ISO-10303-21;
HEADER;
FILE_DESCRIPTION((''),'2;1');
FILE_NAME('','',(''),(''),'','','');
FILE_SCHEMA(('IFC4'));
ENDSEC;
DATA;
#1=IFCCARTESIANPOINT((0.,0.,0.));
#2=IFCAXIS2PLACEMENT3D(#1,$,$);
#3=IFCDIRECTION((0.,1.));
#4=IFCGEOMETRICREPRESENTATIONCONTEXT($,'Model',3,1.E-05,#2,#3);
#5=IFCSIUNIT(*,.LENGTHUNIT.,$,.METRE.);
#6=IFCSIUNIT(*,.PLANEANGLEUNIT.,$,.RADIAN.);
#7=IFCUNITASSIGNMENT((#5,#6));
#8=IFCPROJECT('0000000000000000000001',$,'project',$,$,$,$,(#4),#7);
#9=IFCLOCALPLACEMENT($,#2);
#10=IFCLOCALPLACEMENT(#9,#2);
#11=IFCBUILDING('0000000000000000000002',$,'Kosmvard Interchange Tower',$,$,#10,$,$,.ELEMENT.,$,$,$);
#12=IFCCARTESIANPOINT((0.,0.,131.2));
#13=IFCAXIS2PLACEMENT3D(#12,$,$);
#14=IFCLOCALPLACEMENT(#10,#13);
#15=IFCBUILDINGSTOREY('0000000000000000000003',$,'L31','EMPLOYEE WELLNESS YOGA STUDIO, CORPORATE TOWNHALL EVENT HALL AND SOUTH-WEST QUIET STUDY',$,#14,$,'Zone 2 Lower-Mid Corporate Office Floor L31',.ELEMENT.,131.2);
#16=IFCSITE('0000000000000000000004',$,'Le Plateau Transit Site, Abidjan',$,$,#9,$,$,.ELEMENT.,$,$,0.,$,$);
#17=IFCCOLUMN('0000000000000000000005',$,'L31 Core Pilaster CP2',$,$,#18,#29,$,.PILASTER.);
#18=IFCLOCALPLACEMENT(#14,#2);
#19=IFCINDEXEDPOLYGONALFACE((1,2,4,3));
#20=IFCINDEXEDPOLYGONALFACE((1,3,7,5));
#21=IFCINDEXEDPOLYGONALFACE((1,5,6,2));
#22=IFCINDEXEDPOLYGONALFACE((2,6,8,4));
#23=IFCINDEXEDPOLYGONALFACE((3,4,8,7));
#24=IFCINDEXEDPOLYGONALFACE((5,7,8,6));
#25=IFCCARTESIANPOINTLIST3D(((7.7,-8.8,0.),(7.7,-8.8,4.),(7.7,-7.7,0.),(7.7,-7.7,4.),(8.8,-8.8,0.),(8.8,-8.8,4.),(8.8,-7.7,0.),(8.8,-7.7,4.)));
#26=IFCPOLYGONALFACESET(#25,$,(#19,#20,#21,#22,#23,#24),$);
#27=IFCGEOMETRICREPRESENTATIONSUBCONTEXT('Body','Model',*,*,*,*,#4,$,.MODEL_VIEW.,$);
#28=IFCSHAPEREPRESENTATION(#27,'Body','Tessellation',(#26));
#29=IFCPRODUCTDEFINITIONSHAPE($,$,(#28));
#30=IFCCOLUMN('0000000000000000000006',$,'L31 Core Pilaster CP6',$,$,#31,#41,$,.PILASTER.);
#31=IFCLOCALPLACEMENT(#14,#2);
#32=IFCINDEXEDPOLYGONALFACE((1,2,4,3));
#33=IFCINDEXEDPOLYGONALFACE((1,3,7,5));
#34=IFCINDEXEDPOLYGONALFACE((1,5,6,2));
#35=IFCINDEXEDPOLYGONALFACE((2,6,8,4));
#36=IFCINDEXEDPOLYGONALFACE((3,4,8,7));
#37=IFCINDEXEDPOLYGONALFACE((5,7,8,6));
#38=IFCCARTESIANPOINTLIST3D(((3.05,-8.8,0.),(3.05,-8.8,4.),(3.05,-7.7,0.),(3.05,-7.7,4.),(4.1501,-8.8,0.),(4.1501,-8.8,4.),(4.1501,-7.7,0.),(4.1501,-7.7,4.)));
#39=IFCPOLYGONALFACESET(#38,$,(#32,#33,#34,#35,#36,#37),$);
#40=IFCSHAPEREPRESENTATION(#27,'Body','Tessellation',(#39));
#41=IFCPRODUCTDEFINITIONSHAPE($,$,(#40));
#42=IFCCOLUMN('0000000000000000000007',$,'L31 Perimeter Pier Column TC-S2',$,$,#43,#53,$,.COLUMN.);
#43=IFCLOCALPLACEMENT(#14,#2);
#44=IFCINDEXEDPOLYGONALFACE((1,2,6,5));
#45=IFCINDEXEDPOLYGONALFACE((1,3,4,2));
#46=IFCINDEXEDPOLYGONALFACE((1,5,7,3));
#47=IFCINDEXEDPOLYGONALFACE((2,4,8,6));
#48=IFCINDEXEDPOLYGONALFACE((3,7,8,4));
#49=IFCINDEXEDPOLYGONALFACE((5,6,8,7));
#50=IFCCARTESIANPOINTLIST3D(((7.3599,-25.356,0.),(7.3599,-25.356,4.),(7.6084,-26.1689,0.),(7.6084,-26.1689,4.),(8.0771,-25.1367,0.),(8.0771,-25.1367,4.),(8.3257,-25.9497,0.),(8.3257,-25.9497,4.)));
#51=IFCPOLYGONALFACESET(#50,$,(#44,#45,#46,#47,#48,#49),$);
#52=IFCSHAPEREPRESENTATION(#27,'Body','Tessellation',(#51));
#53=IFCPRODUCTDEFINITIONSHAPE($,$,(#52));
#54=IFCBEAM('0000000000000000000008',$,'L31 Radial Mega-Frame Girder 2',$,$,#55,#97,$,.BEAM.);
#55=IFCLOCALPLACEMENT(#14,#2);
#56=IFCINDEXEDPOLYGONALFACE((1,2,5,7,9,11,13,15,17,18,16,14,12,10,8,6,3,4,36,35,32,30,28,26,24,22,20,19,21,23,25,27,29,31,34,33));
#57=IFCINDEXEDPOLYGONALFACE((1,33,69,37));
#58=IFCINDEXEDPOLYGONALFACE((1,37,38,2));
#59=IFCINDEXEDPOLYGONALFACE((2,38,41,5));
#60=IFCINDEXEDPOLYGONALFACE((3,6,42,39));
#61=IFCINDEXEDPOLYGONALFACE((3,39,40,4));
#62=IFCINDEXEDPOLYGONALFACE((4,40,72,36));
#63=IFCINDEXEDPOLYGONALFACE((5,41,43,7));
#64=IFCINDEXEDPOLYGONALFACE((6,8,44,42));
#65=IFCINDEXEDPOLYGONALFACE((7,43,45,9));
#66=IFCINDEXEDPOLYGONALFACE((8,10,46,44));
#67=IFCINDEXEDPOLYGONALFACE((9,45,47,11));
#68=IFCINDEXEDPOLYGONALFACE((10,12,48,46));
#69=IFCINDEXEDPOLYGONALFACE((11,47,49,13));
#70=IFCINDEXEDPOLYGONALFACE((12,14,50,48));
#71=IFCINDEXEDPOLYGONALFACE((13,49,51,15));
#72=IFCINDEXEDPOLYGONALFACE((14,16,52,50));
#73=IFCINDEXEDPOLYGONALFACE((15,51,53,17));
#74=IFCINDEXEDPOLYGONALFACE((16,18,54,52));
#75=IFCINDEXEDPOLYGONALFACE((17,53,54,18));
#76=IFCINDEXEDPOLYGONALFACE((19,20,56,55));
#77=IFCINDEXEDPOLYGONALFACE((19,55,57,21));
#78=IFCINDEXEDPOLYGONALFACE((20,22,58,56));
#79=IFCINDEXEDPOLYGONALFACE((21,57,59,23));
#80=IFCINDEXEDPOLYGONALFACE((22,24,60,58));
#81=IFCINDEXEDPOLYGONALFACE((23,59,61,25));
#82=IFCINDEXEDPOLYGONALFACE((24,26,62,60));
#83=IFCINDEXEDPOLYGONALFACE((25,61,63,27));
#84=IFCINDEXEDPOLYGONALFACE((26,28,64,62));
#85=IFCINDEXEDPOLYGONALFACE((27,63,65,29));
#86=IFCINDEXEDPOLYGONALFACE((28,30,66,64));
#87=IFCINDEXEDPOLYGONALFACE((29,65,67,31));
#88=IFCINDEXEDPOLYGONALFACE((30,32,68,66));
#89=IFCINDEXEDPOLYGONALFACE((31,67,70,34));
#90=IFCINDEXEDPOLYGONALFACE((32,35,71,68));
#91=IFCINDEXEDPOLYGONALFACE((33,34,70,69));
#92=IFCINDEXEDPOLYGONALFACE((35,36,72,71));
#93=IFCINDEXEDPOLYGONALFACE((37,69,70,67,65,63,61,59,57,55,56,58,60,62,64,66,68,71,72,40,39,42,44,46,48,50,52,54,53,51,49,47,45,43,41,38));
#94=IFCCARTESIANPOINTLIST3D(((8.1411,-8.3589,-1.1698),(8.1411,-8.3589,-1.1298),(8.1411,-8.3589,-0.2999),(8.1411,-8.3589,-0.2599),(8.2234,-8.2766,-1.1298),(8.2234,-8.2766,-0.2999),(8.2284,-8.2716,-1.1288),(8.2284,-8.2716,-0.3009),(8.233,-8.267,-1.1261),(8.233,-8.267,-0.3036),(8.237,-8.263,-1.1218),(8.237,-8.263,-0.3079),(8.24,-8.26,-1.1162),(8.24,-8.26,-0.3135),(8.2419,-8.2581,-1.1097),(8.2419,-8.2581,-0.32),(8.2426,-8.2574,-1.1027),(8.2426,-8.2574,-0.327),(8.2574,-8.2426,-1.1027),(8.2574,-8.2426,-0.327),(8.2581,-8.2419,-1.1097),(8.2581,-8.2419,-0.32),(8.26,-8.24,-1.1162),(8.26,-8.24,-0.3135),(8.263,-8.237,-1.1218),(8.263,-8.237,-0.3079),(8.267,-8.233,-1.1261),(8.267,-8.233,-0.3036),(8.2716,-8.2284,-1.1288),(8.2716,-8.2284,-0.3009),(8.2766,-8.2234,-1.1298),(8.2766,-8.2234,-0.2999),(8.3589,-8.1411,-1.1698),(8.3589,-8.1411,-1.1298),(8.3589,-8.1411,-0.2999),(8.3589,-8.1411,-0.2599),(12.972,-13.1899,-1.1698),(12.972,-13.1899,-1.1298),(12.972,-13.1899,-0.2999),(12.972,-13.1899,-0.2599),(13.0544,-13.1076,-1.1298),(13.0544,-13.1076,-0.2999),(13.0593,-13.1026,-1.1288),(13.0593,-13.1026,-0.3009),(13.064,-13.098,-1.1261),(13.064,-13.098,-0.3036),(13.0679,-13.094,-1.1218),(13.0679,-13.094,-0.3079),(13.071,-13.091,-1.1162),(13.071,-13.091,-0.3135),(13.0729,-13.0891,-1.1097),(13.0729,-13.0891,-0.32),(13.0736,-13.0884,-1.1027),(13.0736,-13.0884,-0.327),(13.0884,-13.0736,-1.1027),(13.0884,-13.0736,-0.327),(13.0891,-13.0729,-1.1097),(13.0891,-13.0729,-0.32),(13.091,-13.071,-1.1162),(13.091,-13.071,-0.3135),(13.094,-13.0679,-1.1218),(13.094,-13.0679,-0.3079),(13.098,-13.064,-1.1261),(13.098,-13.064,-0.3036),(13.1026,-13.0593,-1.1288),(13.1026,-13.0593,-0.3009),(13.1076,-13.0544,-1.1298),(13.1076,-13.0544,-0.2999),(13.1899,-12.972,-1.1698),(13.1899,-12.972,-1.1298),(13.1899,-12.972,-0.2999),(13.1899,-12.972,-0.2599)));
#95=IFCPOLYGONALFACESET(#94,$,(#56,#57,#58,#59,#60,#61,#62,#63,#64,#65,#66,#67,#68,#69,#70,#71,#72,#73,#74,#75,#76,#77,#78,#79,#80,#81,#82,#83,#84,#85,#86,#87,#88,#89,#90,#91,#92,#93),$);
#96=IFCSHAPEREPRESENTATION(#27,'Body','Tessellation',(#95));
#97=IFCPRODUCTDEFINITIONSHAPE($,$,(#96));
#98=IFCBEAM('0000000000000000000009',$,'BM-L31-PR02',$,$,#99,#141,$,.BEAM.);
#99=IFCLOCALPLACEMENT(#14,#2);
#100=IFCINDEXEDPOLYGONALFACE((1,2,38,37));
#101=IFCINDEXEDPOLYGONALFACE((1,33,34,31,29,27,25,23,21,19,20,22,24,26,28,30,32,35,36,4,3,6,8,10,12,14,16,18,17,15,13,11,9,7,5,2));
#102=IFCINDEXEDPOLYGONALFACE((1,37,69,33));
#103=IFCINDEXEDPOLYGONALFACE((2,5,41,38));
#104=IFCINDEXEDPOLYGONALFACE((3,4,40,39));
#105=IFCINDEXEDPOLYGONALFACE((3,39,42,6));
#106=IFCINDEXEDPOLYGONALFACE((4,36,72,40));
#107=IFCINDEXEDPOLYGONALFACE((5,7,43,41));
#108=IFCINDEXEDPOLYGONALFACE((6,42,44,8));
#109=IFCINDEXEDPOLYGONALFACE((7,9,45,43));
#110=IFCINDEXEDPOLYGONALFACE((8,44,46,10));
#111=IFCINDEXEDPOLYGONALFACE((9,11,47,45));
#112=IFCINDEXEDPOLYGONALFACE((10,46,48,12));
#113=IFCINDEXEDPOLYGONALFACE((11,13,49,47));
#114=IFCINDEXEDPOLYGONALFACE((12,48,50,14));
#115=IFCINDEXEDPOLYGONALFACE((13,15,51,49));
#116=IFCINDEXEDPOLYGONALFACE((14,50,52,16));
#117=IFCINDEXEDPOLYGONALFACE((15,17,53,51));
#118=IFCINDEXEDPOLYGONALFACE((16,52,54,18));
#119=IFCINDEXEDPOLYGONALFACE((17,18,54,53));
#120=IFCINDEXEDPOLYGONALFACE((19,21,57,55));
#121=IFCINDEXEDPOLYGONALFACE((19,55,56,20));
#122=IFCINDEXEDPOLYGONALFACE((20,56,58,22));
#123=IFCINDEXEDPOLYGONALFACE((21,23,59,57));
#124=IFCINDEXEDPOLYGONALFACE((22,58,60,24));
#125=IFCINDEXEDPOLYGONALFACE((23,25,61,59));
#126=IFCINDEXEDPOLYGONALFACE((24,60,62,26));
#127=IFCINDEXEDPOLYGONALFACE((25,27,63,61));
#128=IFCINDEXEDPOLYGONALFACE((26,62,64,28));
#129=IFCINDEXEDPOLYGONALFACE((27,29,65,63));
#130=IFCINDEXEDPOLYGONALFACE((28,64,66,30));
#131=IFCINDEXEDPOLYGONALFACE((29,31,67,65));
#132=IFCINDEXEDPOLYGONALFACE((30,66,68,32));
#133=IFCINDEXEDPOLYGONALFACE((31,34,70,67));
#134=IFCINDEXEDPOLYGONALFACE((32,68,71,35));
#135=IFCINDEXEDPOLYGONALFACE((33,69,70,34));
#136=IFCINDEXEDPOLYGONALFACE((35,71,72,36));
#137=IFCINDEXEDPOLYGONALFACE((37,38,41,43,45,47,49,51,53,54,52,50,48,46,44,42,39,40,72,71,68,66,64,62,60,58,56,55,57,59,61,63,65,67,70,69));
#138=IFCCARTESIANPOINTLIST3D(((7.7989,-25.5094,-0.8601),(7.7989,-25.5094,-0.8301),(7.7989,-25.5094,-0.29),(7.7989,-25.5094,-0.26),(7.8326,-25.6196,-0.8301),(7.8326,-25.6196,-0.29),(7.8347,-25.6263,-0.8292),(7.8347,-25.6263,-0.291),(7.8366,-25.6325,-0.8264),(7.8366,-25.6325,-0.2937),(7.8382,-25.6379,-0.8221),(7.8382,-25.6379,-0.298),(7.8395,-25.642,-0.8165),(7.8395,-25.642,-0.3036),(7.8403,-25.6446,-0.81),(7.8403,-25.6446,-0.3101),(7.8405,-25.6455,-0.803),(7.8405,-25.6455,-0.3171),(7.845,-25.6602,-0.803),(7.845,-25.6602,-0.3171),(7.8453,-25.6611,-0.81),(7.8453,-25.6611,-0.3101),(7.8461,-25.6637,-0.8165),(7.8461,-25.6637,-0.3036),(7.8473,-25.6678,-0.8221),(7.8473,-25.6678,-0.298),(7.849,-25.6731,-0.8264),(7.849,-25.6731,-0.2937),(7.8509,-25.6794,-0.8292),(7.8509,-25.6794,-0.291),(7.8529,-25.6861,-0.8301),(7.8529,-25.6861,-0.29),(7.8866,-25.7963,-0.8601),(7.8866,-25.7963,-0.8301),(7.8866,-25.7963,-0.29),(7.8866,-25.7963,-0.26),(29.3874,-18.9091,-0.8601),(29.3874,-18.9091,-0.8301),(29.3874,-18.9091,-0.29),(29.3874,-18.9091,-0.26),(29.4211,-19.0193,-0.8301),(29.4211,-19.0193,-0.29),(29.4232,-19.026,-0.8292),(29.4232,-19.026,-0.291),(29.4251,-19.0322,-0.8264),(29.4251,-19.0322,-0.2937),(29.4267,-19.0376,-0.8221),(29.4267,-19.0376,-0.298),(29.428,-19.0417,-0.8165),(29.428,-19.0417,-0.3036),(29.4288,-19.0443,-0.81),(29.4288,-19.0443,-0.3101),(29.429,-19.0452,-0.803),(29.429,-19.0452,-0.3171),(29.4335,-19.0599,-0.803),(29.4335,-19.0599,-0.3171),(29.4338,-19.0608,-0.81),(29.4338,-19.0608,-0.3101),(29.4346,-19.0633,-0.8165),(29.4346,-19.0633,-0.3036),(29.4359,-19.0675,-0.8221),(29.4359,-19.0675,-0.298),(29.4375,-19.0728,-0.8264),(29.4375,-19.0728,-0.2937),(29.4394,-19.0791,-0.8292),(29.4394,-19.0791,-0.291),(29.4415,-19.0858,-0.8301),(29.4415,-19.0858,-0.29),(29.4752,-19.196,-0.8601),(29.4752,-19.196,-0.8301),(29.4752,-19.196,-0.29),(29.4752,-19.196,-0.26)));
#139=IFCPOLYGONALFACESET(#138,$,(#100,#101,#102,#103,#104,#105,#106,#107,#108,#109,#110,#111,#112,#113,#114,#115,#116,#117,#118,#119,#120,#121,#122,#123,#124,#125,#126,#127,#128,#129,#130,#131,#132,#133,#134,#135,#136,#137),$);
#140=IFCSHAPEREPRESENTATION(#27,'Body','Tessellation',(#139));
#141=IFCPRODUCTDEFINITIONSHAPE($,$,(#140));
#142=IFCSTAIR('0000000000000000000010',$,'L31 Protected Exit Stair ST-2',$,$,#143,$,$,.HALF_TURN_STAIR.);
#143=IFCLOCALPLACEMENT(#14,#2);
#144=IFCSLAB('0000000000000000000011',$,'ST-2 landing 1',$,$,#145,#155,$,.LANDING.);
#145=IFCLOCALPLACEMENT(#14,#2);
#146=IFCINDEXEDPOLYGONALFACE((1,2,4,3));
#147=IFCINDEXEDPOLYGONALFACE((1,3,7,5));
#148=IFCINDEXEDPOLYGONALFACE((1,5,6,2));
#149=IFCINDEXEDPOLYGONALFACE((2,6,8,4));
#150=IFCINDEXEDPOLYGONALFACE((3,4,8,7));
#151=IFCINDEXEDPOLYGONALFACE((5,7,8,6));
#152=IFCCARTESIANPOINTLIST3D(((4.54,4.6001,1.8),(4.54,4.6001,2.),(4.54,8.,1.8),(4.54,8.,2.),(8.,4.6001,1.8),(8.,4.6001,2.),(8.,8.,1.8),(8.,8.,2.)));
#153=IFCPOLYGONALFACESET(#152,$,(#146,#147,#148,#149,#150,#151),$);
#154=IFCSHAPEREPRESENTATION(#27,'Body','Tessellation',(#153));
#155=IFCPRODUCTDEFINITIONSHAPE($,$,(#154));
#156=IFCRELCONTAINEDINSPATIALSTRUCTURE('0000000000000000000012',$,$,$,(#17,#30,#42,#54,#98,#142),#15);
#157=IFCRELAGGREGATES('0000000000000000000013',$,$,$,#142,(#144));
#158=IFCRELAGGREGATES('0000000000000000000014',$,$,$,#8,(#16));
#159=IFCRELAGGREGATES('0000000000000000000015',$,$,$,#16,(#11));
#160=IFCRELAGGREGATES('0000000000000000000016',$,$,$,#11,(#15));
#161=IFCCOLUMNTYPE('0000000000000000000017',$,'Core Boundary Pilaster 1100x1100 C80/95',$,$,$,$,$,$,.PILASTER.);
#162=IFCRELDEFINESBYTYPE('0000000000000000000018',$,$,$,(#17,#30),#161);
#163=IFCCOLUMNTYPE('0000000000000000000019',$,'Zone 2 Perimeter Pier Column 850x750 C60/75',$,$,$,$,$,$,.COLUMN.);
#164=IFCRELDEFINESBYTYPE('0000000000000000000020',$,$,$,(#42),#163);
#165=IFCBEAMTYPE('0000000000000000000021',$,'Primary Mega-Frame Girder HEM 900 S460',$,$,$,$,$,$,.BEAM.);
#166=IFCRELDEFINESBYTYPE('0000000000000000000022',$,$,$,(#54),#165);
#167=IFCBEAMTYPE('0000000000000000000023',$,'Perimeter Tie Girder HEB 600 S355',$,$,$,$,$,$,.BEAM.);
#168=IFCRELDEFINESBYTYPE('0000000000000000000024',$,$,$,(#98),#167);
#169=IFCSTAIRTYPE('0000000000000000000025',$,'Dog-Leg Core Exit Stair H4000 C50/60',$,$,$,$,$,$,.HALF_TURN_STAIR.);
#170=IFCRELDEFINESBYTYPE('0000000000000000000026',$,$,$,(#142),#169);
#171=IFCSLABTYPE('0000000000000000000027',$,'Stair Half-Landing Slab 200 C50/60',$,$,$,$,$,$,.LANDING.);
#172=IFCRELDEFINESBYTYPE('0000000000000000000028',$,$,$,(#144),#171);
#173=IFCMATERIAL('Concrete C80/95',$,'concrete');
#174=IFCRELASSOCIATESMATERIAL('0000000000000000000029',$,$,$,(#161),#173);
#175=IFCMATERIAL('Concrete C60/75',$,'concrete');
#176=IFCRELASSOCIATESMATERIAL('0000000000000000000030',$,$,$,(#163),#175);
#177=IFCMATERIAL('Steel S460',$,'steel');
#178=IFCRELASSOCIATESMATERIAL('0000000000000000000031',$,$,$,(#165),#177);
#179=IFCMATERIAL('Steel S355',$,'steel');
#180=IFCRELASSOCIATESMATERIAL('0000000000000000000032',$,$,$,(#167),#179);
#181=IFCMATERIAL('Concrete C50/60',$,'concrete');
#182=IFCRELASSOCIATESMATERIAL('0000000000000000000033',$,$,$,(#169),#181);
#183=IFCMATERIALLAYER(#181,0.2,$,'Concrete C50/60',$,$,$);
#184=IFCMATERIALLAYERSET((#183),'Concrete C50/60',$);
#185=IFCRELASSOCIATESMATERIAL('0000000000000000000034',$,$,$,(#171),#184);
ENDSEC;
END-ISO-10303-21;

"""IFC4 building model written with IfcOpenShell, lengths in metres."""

from ifc_helpers import new_model, si_unit, direction, frame, origin, origin_2d, place, context, subcontext, project, spatial, polyline, rectangle, i_section, outline, extrude, source, transform, mapped, material, layer, layer_set, material_profile, profile_set, type_object, element, aggregate, save


model = new_model("IFC4")

# Units and contexts
model_context = context("Model", 3, precision=1e-05, world=origin(), true_north=direction((0.0, 1.0)))
body_context = subcontext(model_context, "Body", "Model", "MODEL_VIEW")
ifc_project = project(units=[si_unit("LENGTHUNIT", "METRE"), si_unit("PLANEANGLEUNIT", "RADIAN")], contexts=[model_context])

# Site, building, storey
site_placement = place(None, origin())
site = spatial("IfcSite", under=ifc_project, at=site_placement, Name="Le Plateau Transit Site, Abidjan", CompositionType="ELEMENT", RefElevation=0.0)
building_placement = place(site_placement, origin())
building = spatial("IfcBuilding", under=site, at=building_placement, Name="Kosmvard Interchange Tower", CompositionType="ELEMENT")
storey_placement = place(building_placement, frame((0.0, 0.0, 131.2)))
storey = spatial("IfcBuildingStorey", under=building, at=storey_placement, Name="L31", Description="EMPLOYEE WELLNESS YOGA STUDIO, CORPORATE TOWNHALL EVENT HALL AND SOUTH-WEST QUIET STUDY", LongName="Zone 2 Lower-Mid Corporate Office Floor L31", CompositionType="ELEMENT", Elevation=131.2)

# Columns
ifc_material_1 = material(Name="Concrete C80/95", Category="concrete")
ifc_material_profile_1 = material_profile(ifc_material_1, rectangle(XDim=1.1001, YDim=1.1001, at=origin_2d()), Name="CP 1100x1100")
ifc_profile_set_1 = profile_set([ifc_material_profile_1], Name="Concrete C80/95")
column_type_1 = type_object("IfcColumnType", Name="Core Boundary Pilaster 1100x1100 C80/95", PredefinedType="PILASTER", material=ifc_profile_set_1)
shared_shape_1 = source(origin(), body_context, "Body", "SweptSolid", [
    extrude(rectangle(XDim=1.1001, YDim=1.1001, at=origin_2d()), origin(), (0.0, 0.0, 1.0), 4.0),
])
for number, where, z_axis, x_axis, name in (
    (1, (8.25, -8.25, 0.0), (0.0, 0.0, 1.0), (1.0, 0.0, 0.0), "L31 Core Pilaster CP2"),
    (2, (3.6001, -8.25, 0.0), (0.0, 0.0, 1.0), (1.0, 0.0, 0.0), "L31 Core Pilaster CP6"),
):
    element("IfcColumn", number, at=place(storey_placement, frame(where, z_axis=z_axis, x_axis=x_axis)), inside=storey, type_object=column_type_1, Name=name, PredefinedType="PILASTER", context=body_context, shape_type="MappedRepresentation", body=[
        mapped(shared_shape_1, transform((0.0, 0.0, 0.0), scale=1.0)),
    ])
ifc_material_2 = material(Name="Concrete C60/75", Category="concrete")
ifc_material_profile_2 = material_profile(ifc_material_2, rectangle(XDim=0.75, YDim=0.8501, at=origin_2d()), Name="TC 850x750")
ifc_profile_set_2 = profile_set([ifc_material_profile_2], Name="Concrete C60/75")
column_type_2 = type_object("IfcColumnType", Name="Zone 2 Perimeter Pier Column 850x750 C60/75", PredefinedType="COLUMN", material=ifc_profile_set_2)
shared_shape_2 = source(origin(), body_context, "Body", "SweptSolid", [
    extrude(rectangle(XDim=0.75, YDim=0.8501, at=origin_2d()), origin(), (0.0, 0.0, 1.0), 4.0),
])
column_placement = place(storey_placement, frame((7.8428, -25.6528, 0.0), z_axis=(0.0, 0.0, 1.0), x_axis=(0.956305, 0.292372, 0.0)))
element("IfcColumn", 3, at=column_placement, inside=storey, type_object=column_type_2, Name="L31 Perimeter Pier Column TC-S2", PredefinedType="COLUMN", context=body_context, shape_type="MappedRepresentation", body=[
    mapped(shared_shape_2, transform((0.0, 0.0, 0.0), scale=1.0)),
])

# Beams
ifc_material_3 = material(Name="Steel S460", Category="steel")
ifc_material_profile_3 = material_profile(ifc_material_3, i_section(OverallWidth=0.3081, OverallDepth=0.9099, WebThickness=0.021, FlangeThickness=0.04, FilletRadius=0.0271, at=origin_2d()), Name="HEM 900")
ifc_profile_set_3 = profile_set([ifc_material_profile_3], Name="Steel S460")
beam_type_1 = type_object("IfcBeamType", Name="Primary Mega-Frame Girder HEM 900 S460", PredefinedType="BEAM", material=ifc_profile_set_3)
shared_shape_3 = source(origin(), body_context, "Body", "SweptSolid", [
    extrude(i_section(OverallWidth=0.3081, OverallDepth=0.9099, WebThickness=0.021, FlangeThickness=0.04, FilletRadius=0.0271, at=origin_2d()), origin(), (0.0, 0.0, 1.0), 6.832),
])
beam_1_placement = place(storey_placement, frame((8.25, -8.25, -0.7148), z_axis=(0.707107, -0.707107, 0.0), x_axis=(0.707107, 0.707107, 0.0)))
element("IfcBeam", 4, at=beam_1_placement, inside=storey, type_object=beam_type_1, Name="L31 Radial Mega-Frame Girder 2", PredefinedType="BEAM", context=body_context, shape_type="MappedRepresentation", body=[
    mapped(shared_shape_3, transform((0.0, 0.0, 0.0), scale=1.0)),
])
ifc_material_4 = material(Name="Steel S355", Category="steel")
ifc_material_profile_4 = material_profile(ifc_material_4, i_section(OverallWidth=0.3, OverallDepth=0.6001, WebThickness=0.0154, FlangeThickness=0.03, FilletRadius=0.0271, at=origin_2d()), Name="HEB 600")
ifc_profile_set_4 = profile_set([ifc_material_profile_4], Name="Steel S355")
beam_type_2 = type_object("IfcBeamType", Name="Perimeter Tie Girder HEB 600 S355", PredefinedType="BEAM", material=ifc_profile_set_4)
shared_shape_4 = source(origin(), body_context, "Body", "SweptSolid", [
    extrude(i_section(OverallWidth=0.3, OverallDepth=0.6001, WebThickness=0.0154, FlangeThickness=0.03, FilletRadius=0.0271, at=origin_2d()), origin(), (0.0, 0.0, 1.0), 22.575),
])
beam_2_placement = place(storey_placement, frame((7.8428, -25.6528, -0.5601), z_axis=(0.956304, 0.292373, 0.0), x_axis=(-0.292373, 0.956304, 0.0)))
element("IfcBeam", 5, at=beam_2_placement, inside=storey, type_object=beam_type_2, Name="BM-L31-PR02", PredefinedType="BEAM", context=body_context, shape_type="MappedRepresentation", body=[
    mapped(shared_shape_4, transform((0.0, 0.0, 0.0), scale=1.0)),
])

# Stair, slab
ifc_material_5 = material(Name="Concrete C50/60", Category="concrete")
stair_type = type_object("IfcStairType", Name="Dog-Leg Core Exit Stair H4000 C50/60", PredefinedType="HALF_TURN_STAIR", material=ifc_material_5)
stair_placement = place(storey_placement, origin())
stair = element("IfcStair", 6, at=stair_placement, inside=storey, type_object=stair_type, Name="L31 Protected Exit Stair ST-2", PredefinedType="HALF_TURN_STAIR")
ifc_layer_1 = layer(ifc_material_5, 0.2, Name="Concrete C50/60")
ifc_layer_set_1 = layer_set([ifc_layer_1], Name="Concrete C50/60")
slab_type = type_object("IfcSlabType", Name="Stair Half-Landing Slab 200 C50/60", PredefinedType="LANDING", material=ifc_layer_set_1)
slab_placement = place(storey_placement, frame((0.0, 0.0, 1.8)))
slab = element("IfcSlab", 7, at=slab_placement, type_object=slab_type, Name="ST-2 landing 1", PredefinedType="LANDING", context=body_context, shape_type="SweptSolid", body=[
    extrude(outline(polyline([(8.0, 4.6001), (8.0, 8.0), (4.54, 8.0), (4.54, 4.6001), (8.0, 4.6001)])), origin(), (0.0, 0.0, 1.0), 0.2),
])

aggregate(stair, [slab])

save(model, "model.ifc")
